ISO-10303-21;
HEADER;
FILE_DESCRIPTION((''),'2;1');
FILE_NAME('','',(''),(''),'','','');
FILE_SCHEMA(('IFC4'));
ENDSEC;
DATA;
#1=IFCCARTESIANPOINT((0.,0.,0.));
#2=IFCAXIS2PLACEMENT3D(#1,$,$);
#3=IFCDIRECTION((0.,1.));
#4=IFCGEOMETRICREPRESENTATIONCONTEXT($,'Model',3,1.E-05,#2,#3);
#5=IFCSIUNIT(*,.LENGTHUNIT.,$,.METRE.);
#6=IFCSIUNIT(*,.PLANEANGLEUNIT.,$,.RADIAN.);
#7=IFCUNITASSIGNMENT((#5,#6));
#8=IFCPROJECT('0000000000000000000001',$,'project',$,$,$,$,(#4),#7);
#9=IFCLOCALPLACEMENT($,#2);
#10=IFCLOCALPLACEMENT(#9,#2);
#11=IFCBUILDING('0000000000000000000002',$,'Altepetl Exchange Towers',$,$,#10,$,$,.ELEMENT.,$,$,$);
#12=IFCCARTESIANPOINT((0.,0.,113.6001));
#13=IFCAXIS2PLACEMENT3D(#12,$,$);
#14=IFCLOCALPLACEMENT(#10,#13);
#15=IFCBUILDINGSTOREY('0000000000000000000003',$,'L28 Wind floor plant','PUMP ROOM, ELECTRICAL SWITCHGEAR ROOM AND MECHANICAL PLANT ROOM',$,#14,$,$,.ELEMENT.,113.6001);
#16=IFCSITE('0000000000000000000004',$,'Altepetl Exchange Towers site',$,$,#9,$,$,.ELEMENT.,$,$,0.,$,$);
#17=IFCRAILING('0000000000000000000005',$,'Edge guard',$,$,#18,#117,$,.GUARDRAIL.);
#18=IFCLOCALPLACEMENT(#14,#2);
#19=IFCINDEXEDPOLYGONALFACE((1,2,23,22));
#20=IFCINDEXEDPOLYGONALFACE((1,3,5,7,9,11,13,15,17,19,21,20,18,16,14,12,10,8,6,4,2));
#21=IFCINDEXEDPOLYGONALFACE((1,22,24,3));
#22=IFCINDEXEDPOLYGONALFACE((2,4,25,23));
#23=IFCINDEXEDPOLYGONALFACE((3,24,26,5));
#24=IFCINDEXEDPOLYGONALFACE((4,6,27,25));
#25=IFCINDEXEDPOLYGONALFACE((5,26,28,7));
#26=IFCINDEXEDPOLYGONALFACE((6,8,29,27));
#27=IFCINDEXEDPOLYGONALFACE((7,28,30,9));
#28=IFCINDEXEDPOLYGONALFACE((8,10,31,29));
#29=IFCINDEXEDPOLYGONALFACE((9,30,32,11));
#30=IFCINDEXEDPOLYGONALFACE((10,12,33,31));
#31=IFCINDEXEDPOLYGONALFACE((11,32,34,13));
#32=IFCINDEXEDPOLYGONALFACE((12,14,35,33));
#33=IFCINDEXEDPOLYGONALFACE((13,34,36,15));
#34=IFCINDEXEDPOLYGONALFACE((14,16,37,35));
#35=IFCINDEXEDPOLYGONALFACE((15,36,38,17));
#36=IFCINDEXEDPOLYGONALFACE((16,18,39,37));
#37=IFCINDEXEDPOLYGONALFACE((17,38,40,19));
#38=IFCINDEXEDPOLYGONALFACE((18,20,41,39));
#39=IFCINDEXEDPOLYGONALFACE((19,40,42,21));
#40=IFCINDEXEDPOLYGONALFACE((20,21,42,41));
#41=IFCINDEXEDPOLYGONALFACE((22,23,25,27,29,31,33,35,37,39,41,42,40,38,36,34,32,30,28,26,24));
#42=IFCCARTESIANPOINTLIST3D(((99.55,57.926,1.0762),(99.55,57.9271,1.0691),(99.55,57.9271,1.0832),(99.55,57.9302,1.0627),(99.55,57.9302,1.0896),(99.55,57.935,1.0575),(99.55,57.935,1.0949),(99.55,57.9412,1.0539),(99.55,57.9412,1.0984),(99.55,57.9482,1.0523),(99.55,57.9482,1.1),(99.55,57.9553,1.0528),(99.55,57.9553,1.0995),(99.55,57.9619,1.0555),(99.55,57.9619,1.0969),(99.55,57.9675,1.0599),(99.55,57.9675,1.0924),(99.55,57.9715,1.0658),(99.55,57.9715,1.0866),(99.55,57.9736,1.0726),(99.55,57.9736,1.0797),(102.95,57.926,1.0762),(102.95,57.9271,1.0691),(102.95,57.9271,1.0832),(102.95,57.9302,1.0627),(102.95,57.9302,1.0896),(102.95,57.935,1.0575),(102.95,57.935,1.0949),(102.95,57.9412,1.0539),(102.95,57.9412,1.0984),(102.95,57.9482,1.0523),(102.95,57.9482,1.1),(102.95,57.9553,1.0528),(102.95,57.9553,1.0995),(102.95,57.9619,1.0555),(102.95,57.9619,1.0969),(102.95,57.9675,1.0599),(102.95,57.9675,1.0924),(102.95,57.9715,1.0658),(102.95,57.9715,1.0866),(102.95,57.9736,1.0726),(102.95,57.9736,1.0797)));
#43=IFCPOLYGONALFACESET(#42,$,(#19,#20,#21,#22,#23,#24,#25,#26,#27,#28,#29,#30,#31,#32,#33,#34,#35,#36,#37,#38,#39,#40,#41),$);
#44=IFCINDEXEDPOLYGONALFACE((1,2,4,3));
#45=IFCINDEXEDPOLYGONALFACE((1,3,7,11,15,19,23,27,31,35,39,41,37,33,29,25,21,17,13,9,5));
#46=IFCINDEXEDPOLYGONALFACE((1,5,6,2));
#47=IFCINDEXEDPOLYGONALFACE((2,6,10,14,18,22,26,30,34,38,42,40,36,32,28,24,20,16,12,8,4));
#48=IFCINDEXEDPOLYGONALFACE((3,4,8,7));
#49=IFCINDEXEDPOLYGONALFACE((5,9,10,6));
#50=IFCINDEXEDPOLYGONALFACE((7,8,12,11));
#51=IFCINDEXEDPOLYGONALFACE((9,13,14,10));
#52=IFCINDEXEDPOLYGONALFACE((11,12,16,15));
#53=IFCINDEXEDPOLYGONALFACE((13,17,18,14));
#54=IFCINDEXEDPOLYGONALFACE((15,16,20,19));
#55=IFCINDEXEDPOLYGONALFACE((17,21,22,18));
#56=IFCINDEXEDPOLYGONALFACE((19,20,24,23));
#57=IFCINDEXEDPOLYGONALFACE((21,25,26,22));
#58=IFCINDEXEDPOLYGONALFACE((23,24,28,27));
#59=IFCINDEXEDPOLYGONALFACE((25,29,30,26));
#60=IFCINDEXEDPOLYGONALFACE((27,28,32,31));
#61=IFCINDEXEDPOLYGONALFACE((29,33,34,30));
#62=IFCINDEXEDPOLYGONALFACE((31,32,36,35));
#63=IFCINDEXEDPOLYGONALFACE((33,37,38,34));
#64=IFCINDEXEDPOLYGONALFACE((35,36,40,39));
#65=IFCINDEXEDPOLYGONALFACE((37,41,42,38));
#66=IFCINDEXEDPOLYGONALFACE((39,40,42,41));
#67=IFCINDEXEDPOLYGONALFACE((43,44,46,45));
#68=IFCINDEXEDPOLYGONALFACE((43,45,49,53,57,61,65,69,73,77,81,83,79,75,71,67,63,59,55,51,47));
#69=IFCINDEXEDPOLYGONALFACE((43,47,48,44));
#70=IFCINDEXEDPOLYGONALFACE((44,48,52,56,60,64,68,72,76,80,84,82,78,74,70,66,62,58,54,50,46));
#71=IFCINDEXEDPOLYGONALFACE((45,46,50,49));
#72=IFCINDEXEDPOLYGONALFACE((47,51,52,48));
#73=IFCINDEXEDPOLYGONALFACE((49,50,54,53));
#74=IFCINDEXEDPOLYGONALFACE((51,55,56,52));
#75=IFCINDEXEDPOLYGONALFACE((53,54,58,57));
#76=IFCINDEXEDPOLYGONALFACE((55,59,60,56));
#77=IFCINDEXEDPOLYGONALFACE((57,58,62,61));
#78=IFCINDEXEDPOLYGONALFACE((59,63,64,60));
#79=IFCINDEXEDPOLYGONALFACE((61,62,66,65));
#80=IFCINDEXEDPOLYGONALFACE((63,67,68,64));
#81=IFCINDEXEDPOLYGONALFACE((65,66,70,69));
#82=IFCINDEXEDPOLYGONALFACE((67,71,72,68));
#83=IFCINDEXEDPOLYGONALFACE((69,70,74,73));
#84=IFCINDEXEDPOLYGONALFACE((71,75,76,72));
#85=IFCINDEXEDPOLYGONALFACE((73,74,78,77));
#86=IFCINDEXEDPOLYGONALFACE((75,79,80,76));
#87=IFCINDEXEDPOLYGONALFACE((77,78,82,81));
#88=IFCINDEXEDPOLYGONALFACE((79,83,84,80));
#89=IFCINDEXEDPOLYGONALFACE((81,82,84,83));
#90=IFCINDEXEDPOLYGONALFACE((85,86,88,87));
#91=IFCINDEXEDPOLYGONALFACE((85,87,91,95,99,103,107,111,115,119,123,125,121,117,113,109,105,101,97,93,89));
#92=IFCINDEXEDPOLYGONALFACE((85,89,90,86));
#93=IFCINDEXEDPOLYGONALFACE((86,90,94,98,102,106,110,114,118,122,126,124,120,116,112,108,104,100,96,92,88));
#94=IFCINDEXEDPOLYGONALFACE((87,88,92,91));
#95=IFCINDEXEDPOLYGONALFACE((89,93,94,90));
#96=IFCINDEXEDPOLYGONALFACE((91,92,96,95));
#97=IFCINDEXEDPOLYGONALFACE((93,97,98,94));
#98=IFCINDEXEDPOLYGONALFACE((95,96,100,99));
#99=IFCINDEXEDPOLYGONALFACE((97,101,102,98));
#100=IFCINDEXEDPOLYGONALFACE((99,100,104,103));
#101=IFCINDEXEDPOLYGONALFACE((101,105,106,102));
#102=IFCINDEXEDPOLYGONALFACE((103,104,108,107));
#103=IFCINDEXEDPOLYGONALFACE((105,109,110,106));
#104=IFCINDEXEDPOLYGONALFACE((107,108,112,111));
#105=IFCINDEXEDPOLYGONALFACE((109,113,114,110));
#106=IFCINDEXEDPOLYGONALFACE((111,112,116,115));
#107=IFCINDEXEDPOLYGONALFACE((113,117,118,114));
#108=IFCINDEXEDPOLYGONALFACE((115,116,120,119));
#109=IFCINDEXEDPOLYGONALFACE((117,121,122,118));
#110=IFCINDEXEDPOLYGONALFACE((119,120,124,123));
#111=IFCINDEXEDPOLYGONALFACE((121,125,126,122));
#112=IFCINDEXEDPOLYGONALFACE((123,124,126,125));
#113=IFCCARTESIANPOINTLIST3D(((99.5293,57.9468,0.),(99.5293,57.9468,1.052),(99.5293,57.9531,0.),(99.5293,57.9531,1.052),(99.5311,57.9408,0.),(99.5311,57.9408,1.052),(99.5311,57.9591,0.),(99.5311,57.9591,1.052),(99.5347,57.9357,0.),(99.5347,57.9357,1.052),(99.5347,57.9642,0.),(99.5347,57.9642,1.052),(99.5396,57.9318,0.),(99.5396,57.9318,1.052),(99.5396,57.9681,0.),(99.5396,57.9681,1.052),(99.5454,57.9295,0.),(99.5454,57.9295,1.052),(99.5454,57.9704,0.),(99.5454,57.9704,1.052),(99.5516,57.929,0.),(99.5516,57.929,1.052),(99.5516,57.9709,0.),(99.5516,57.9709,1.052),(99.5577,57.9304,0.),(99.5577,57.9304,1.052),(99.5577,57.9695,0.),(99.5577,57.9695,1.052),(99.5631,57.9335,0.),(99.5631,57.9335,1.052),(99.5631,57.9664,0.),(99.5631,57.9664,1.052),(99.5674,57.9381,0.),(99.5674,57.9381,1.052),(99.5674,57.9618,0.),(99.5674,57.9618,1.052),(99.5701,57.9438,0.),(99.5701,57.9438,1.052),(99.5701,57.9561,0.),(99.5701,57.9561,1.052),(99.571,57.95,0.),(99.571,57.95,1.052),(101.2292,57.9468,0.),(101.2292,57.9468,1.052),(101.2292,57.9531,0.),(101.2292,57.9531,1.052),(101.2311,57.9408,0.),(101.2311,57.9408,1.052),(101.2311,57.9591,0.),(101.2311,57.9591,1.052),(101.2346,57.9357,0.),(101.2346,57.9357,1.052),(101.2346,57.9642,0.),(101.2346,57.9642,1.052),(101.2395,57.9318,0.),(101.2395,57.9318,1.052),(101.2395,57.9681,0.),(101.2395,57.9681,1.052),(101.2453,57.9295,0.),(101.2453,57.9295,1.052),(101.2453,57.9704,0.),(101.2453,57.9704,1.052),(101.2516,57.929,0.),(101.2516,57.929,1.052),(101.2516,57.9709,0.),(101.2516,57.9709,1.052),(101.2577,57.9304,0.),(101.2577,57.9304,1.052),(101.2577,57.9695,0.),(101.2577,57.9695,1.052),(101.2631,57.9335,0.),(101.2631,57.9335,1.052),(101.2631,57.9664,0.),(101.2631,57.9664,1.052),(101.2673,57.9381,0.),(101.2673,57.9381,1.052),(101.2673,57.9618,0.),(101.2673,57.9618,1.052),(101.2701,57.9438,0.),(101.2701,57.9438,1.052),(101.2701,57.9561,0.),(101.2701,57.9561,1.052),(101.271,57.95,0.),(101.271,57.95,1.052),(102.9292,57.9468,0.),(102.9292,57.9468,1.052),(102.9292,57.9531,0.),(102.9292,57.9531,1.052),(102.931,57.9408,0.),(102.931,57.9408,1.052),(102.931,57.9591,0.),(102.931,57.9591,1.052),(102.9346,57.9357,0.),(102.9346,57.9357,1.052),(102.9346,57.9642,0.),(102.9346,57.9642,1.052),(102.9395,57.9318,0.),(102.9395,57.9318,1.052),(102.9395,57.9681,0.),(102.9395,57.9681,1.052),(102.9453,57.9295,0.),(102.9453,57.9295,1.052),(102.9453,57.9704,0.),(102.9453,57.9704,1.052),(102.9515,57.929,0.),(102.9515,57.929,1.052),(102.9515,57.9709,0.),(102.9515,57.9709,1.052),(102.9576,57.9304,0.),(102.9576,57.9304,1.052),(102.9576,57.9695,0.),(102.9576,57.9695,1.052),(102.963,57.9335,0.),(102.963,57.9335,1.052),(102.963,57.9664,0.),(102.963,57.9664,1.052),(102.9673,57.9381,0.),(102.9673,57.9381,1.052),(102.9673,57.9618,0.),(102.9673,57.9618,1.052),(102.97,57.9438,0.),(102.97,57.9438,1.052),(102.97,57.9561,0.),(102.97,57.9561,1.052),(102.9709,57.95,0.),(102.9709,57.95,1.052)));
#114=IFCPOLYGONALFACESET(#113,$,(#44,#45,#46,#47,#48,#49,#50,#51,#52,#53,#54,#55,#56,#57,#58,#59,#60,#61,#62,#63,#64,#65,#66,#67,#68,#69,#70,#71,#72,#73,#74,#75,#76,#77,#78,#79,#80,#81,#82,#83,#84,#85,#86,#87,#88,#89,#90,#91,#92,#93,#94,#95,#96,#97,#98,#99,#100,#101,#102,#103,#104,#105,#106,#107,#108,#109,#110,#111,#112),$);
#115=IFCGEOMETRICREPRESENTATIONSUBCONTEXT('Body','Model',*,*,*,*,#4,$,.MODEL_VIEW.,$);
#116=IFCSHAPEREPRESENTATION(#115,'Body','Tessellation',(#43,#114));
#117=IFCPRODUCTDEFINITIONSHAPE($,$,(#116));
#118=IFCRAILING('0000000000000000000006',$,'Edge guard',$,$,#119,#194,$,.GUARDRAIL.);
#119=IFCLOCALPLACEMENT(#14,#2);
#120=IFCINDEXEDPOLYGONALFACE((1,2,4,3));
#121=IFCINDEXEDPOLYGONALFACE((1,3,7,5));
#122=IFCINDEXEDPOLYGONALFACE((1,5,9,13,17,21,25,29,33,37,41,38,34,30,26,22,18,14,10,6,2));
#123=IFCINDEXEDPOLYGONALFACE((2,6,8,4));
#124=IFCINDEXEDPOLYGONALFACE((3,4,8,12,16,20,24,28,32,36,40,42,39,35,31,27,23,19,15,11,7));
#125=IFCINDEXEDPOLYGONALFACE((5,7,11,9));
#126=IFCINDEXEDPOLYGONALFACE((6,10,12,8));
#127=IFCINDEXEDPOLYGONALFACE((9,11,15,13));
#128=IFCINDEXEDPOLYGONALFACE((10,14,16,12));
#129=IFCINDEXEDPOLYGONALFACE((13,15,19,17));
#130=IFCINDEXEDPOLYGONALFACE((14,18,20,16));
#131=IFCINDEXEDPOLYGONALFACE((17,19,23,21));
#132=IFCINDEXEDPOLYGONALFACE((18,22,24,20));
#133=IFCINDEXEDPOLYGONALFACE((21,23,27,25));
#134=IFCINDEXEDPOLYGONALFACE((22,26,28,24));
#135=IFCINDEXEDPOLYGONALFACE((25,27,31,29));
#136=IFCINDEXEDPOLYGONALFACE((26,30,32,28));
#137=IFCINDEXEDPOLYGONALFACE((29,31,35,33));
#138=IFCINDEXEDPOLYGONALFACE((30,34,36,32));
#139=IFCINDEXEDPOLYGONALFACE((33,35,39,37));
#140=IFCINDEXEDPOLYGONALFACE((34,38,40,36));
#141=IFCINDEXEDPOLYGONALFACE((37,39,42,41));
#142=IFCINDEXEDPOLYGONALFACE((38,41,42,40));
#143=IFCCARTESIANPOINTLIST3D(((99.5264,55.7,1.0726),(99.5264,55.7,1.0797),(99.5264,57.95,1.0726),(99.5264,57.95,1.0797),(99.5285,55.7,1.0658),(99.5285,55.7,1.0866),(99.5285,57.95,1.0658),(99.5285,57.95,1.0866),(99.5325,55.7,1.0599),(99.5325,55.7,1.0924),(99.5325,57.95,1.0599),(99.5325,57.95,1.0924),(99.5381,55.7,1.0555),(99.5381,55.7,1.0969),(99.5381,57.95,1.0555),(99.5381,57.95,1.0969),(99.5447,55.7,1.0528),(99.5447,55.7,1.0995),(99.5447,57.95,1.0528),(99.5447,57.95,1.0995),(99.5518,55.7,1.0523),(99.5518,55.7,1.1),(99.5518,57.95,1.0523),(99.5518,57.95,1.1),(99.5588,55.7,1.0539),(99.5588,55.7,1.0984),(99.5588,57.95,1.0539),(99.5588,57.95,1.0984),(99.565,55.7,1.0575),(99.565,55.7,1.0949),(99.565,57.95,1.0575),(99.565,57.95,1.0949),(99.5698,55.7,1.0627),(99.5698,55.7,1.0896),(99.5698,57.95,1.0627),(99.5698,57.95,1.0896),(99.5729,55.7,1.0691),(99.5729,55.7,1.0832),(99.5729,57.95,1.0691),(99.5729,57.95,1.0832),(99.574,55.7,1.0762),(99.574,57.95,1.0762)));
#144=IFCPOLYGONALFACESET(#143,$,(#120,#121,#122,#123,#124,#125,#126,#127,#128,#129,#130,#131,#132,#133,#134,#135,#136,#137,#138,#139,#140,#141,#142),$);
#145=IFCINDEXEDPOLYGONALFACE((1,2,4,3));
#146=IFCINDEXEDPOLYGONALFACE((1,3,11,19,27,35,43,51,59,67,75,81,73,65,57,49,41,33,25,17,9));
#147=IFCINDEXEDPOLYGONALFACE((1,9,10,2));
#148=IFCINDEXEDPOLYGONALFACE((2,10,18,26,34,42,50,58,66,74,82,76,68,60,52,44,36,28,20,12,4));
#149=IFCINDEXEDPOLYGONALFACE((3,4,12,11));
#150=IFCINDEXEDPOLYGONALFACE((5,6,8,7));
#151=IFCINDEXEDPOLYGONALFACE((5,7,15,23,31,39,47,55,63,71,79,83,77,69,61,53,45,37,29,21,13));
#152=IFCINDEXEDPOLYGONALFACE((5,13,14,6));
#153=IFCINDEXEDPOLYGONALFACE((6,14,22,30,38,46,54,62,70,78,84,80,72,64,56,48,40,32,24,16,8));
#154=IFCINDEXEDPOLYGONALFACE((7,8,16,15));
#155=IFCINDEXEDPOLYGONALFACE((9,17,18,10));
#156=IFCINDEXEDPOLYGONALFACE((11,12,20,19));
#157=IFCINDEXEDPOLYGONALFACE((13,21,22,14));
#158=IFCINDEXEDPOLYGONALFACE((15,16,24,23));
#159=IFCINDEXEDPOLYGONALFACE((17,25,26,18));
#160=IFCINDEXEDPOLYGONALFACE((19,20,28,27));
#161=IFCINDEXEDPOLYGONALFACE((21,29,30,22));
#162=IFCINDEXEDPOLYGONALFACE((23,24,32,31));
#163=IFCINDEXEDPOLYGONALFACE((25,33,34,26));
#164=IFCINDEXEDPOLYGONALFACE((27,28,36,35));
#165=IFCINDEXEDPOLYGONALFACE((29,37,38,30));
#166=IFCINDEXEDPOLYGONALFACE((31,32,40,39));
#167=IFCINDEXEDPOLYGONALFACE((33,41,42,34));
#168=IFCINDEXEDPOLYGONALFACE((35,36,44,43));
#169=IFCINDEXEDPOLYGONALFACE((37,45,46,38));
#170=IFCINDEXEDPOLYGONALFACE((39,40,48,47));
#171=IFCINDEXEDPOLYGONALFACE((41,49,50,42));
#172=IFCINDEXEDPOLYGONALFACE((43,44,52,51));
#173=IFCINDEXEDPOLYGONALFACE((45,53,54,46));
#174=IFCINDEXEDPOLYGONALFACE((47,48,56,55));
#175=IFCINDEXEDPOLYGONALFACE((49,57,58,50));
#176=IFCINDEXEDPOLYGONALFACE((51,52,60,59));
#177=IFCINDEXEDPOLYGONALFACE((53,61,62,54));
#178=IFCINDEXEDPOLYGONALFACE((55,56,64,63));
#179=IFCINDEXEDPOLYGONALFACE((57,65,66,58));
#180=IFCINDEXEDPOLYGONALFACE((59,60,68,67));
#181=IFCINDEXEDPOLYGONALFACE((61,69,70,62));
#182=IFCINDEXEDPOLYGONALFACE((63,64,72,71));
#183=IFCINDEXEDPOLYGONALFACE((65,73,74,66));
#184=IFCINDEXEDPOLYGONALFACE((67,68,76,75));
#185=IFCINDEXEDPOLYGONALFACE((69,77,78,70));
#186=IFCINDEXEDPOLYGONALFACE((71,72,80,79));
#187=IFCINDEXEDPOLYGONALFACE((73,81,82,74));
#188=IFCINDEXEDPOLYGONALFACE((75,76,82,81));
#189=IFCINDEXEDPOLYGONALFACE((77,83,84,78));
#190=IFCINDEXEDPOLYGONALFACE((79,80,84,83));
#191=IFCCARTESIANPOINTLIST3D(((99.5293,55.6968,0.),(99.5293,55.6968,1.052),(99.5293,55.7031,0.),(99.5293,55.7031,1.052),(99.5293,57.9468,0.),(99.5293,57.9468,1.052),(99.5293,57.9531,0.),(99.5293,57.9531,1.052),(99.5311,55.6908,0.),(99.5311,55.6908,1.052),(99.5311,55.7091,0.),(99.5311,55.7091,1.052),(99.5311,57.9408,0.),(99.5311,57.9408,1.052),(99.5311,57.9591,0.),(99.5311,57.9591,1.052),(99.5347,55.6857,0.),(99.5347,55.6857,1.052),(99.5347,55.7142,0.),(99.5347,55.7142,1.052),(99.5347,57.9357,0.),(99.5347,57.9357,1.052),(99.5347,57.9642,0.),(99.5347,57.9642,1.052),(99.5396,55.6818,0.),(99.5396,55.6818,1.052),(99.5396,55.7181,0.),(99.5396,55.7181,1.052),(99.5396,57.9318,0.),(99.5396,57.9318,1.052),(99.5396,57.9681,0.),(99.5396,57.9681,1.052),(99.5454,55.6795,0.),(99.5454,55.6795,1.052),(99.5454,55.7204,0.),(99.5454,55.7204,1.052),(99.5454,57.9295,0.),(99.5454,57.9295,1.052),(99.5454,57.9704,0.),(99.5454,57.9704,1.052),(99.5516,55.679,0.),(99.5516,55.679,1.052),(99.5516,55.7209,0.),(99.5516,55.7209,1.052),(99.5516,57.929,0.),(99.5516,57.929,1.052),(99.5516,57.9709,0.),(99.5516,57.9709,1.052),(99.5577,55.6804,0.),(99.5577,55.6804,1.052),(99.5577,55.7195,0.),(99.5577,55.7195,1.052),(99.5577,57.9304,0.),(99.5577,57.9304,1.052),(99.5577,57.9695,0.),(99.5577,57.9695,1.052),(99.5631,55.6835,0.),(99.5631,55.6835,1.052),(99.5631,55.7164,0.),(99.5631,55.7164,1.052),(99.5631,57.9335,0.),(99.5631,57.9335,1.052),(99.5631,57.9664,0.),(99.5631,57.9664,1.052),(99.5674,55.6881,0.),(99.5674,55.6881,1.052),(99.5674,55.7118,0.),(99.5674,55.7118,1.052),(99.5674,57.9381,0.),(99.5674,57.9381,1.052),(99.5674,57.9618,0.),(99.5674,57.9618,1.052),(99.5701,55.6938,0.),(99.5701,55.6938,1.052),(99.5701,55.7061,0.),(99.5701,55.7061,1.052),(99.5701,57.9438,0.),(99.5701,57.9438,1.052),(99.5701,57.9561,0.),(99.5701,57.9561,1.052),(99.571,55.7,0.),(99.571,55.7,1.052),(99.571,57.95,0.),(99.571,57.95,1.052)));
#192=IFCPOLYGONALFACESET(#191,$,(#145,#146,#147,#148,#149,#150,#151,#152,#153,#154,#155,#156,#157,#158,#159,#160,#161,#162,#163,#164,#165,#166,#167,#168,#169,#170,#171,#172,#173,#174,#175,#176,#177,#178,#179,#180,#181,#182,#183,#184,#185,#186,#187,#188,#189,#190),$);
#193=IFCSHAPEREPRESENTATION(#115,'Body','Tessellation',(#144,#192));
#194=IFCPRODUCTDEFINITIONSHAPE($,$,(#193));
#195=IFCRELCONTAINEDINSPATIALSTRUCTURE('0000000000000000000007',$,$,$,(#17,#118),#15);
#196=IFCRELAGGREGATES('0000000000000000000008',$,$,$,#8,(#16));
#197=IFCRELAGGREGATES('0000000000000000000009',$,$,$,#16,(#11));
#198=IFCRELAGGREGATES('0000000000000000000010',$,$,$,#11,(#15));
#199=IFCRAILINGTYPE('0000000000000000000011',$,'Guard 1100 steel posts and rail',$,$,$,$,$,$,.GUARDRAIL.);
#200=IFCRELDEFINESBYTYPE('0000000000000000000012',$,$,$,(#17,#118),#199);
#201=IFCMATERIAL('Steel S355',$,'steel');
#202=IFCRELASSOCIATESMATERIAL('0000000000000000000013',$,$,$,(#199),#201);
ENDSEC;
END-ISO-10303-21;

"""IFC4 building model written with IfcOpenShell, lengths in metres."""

from ifc_helpers import new_model, si_unit, direction, frame, origin, origin_2d, place, context, subcontext, project, spatial, circle, extrude, source, transform, mapped, material, type_object, element, save


model = new_model("IFC4")

# Units and contexts
model_context = context("Model", 3, precision=1e-05, world=origin(), true_north=direction((0.0, 1.0)))
body_context = subcontext(model_context, "Body", "Model", "MODEL_VIEW")
ifc_project = project(units=[si_unit("LENGTHUNIT", "METRE"), si_unit("PLANEANGLEUNIT", "RADIAN")], contexts=[model_context])

# Site, building, storey
site_placement = place(None, origin())
site = spatial("IfcSite", under=ifc_project, at=site_placement, Name="Altepetl Exchange Towers site", CompositionType="ELEMENT", RefElevation=0.0)
building_placement = place(site_placement, origin())
building = spatial("IfcBuilding", under=site, at=building_placement, Name="Altepetl Exchange Towers", CompositionType="ELEMENT")
storey_placement = place(building_placement, frame((0.0, 0.0, 113.6001)))
storey = spatial("IfcBuildingStorey", under=building, at=storey_placement, Name="L28 Wind floor plant", Description="PUMP ROOM, ELECTRICAL SWITCHGEAR ROOM AND MECHANICAL PLANT ROOM", CompositionType="ELEMENT", Elevation=113.6001)

# Shared definitions
ifc_material_1 = material(Name="Steel S355", Category="steel")

# Railings
railing_type = type_object("IfcRailingType", Name="Guard 1100 steel posts and rail", PredefinedType="GUARDRAIL", material=ifc_material_1)
shared_shape = source(origin(), body_context, "Body", "SweptSolid", [
    extrude(circle(Radius=0.021, at=origin_2d()), origin(), (0.0, 0.0, 1.0), 1.052),
])
railing_1_placement = place(storey_placement, frame((102.95, 57.95, 0.0)))
element("IfcRailing", 1, at=railing_1_placement, inside=storey, type_object=railing_type, Name="Edge guard", PredefinedType="GUARDRAIL", context=body_context, shape_type="SweptSolid", body=[
    extrude(circle(Radius=0.0239, at=origin_2d()), frame((0.0, 0.0, 1.0762), z_axis=(-1.0, 0.0, 0.0), x_axis=(0.0, -1.0, 0.0)), (0.0, 0.0, 1.0), 3.3999),
    mapped(shared_shape, transform((0.0, 0.0, 0.0))),
    mapped(shared_shape, transform((-1.7, 0.0, 0.0))),
    mapped(shared_shape, transform((-3.3999, 0.0, 0.0))),
])
railing_2_placement = place(storey_placement, frame((99.55, 57.95, 0.0)))
element("IfcRailing", 2, at=railing_2_placement, inside=storey, type_object=railing_type, Name="Edge guard", PredefinedType="GUARDRAIL", context=body_context, shape_type="SweptSolid", body=[
    extrude(circle(Radius=0.0239, at=origin_2d()), frame((0.0, 0.0, 1.0762), z_axis=(0.0, -1.0, 0.0), x_axis=(1.0, 0.0, 0.0)), (0.0, 0.0, 1.0), 2.25),
    mapped(shared_shape, transform((0.0, 0.0, 0.0))),
    mapped(shared_shape, transform((0.0, -2.25, 0.0))),
])

save(model, "model.ifc")
